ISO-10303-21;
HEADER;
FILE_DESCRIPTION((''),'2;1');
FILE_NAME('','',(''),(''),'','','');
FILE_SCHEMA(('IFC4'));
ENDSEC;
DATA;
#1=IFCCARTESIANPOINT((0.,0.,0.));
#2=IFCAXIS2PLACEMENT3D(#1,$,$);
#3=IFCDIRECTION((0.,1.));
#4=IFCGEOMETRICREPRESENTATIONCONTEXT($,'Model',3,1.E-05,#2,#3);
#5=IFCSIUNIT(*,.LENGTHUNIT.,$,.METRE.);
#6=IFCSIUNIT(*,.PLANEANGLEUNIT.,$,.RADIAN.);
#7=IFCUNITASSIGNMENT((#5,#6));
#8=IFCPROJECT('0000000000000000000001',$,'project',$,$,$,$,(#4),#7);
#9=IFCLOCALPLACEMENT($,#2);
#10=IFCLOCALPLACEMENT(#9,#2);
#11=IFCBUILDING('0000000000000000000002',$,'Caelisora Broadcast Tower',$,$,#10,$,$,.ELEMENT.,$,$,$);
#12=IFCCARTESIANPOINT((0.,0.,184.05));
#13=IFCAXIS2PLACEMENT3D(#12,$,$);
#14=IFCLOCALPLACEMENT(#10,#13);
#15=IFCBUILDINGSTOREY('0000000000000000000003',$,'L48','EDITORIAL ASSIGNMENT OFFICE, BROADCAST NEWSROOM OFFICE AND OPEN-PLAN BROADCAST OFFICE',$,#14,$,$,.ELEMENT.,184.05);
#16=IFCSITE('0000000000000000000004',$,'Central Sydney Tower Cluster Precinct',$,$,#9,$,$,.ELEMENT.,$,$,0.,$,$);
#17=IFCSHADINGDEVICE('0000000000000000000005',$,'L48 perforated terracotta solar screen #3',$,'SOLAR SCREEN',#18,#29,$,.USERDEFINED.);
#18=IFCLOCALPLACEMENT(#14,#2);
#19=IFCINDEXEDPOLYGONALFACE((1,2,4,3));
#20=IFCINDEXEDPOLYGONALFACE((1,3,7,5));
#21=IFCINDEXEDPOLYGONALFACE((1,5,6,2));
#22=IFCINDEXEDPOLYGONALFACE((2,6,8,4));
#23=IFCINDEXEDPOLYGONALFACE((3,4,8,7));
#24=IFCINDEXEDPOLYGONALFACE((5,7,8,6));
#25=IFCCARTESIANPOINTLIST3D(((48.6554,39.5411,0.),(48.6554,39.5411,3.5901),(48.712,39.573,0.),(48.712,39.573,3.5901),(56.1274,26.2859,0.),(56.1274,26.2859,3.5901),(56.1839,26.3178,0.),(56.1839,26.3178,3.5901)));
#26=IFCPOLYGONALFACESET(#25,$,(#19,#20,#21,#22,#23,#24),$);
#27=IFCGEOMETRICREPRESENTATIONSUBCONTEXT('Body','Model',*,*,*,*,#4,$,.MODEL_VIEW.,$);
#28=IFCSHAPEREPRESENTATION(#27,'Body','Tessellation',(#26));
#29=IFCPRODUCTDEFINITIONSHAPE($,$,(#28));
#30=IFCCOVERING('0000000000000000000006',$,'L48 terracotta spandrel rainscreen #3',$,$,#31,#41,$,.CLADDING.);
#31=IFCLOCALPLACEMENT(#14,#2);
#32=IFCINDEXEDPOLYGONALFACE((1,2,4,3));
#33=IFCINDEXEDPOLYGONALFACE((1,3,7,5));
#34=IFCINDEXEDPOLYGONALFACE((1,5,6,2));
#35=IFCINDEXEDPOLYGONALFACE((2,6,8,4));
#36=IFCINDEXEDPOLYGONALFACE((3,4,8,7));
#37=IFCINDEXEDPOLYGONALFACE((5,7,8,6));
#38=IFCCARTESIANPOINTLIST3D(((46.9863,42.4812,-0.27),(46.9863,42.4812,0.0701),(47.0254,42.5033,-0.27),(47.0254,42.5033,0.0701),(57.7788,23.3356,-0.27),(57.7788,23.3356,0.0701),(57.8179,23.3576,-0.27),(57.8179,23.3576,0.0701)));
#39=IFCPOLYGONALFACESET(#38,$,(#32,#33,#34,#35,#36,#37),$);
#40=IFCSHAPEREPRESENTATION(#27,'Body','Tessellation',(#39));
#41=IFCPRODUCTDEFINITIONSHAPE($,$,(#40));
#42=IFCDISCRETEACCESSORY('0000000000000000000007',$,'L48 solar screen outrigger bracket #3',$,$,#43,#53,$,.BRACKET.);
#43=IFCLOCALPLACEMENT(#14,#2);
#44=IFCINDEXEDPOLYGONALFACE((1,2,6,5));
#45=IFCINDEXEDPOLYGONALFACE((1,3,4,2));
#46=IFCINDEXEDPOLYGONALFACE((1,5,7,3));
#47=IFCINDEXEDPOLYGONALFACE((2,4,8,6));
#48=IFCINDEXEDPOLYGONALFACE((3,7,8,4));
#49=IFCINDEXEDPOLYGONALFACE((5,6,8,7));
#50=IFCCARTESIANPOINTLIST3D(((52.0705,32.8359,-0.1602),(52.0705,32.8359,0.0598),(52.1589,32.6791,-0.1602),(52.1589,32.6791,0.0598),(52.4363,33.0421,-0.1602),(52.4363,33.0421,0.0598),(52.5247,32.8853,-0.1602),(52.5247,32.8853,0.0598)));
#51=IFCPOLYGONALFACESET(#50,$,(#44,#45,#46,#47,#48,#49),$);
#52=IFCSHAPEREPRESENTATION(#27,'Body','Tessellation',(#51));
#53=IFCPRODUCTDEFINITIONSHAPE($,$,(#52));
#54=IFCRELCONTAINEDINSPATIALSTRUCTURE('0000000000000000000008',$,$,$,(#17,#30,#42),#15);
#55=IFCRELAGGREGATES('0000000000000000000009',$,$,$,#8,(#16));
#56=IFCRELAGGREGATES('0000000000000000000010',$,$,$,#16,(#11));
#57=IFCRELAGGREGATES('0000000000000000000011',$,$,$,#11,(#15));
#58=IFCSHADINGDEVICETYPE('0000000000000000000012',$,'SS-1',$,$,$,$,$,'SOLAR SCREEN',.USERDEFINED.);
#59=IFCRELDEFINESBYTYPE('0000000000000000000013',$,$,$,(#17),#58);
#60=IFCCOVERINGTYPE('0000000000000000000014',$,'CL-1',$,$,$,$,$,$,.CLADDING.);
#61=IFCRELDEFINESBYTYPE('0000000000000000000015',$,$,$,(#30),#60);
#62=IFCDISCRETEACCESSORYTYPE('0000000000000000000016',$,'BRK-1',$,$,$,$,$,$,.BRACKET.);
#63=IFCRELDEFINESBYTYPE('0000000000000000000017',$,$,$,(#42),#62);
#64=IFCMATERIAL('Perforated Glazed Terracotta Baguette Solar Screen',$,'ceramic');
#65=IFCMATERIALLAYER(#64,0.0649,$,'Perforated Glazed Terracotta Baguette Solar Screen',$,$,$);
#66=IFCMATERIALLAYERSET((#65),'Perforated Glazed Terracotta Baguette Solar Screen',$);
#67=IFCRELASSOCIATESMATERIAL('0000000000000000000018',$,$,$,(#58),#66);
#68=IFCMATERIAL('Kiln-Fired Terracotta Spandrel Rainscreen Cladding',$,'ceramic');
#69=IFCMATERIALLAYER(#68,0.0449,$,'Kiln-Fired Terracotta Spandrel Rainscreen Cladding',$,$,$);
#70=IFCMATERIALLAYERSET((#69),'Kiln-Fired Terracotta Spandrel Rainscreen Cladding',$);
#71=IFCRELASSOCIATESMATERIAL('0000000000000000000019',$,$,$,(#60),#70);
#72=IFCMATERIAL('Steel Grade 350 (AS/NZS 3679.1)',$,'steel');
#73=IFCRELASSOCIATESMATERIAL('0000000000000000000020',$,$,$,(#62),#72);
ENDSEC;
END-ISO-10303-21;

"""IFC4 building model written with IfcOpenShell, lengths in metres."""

from ifc_helpers import new_model, si_unit, direction, frame, origin, origin_2d, place, context, subcontext, project, spatial, rectangle, extrude, source, transform, mapped, material, layer, layer_set, type_object, type_shapes, element, save


model = new_model("IFC4")

# Units and contexts
model_context = context("Model", 3, precision=1e-05, world=origin(), true_north=direction((0.0, 1.0)))
body_context = subcontext(model_context, "Body", "Model", "MODEL_VIEW")
ifc_project = project(units=[si_unit("LENGTHUNIT", "METRE"), si_unit("PLANEANGLEUNIT", "RADIAN")], contexts=[model_context])

# Site, building, storey
site_placement = place(None, origin())
site = spatial("IfcSite", under=ifc_project, at=site_placement, Name="Central Sydney Tower Cluster Precinct", CompositionType="ELEMENT", RefElevation=0.0)
building_placement = place(site_placement, origin())
building = spatial("IfcBuilding", under=site, at=building_placement, Name="Caelisora Broadcast Tower", CompositionType="ELEMENT")
storey_placement = place(building_placement, frame((0.0, 0.0, 184.05)))
storey = spatial("IfcBuildingStorey", under=building, at=storey_placement, Name="L48", Description="EDITORIAL ASSIGNMENT OFFICE, BROADCAST NEWSROOM OFFICE AND OPEN-PLAN BROADCAST OFFICE", CompositionType="ELEMENT", Elevation=184.05)

# Shared definitions
ifc_material_1 = material(Name="Steel Grade 350 (AS/NZS 3679.1)", Category="steel")

# Shading device
ifc_material_2 = material(Name="Perforated Glazed Terracotta Baguette Solar Screen", Category="ceramic")
ifc_layer_1 = layer(ifc_material_2, 0.0649, Name="Perforated Glazed Terracotta Baguette Solar Screen")
ifc_layer_set_1 = layer_set([ifc_layer_1], Name="Perforated Glazed Terracotta Baguette Solar Screen")
shading_device_type = type_object("IfcShadingDeviceType", Name="SS-1", ElementType="SOLAR SCREEN", PredefinedType="USERDEFINED", material=ifc_layer_set_1)
shared_shape_1 = source(origin(), body_context, "Body", "SweptSolid", [
    extrude(rectangle(XDim=15.2161, YDim=0.0649, at=origin_2d()), origin(), (0.0, 0.0, 1.0), 3.5901),
])
type_shapes(shading_device_type, [shared_shape_1])
shading_device_placement = place(storey_placement, frame((52.4197, 32.9294, 0.0), z_axis=(0.0, 0.0, 1.0), x_axis=(-0.491056, 0.871128, 0.0)))
element("IfcShadingDevice", 1, at=shading_device_placement, inside=storey, type_object=shading_device_type, Name="L48 perforated terracotta solar screen #3", ObjectType="SOLAR SCREEN", PredefinedType="USERDEFINED", context=body_context, shape_type="MappedRepresentation", body=[
    mapped(shared_shape_1, transform((0.0, 0.0, 0.0), scale=1.0)),
])

# Covering
ifc_material_3 = material(Name="Kiln-Fired Terracotta Spandrel Rainscreen Cladding", Category="ceramic")
ifc_layer_2 = layer(ifc_material_3, 0.0449, Name="Kiln-Fired Terracotta Spandrel Rainscreen Cladding")
ifc_layer_set_2 = layer_set([ifc_layer_2], Name="Kiln-Fired Terracotta Spandrel Rainscreen Cladding")
covering_type = type_object("IfcCoveringType", Name="CL-1", PredefinedType="CLADDING", material=ifc_layer_set_2)
shared_shape_2 = source(origin(), body_context, "Body", "SweptSolid", [
    extrude(rectangle(XDim=21.978, YDim=0.0449, at=origin_2d()), origin(), (0.0, 0.0, 1.0), 0.3401),
])
type_shapes(covering_type, [shared_shape_2])
covering_placement = place(storey_placement, frame((52.4021, 32.9194, -0.27), z_axis=(0.0, 0.0, 1.0), x_axis=(-0.491056, 0.871128, 0.0)))
element("IfcCovering", 2, at=covering_placement, inside=storey, type_object=covering_type, Name="L48 terracotta spandrel rainscreen #3", PredefinedType="CLADDING", context=body_context, shape_type="MappedRepresentation", body=[
    mapped(shared_shape_2, transform((0.0, 0.0, 0.0), scale=1.0)),
])

# Discrete accessory
discrete_accessory_type = type_object("IfcDiscreteAccessoryType", Name="BRK-1", PredefinedType="BRACKET", material=ifc_material_1)
shared_shape_3 = source(origin(), body_context, "Body", "SweptSolid", [
    extrude(rectangle(XDim=0.1799, YDim=0.4199, at=origin_2d()), origin(), (0.0, 0.0, 1.0), 0.22),
])
type_shapes(discrete_accessory_type, [shared_shape_3])
discrete_accessory_placement = place(storey_placement, frame((52.2976, 32.8606, -0.1602), z_axis=(0.0, 0.0, 1.0), x_axis=(-0.491056, 0.871128, 0.0)))
element("IfcDiscreteAccessory", 3, at=discrete_accessory_placement, inside=storey, type_object=discrete_accessory_type, Name="L48 solar screen outrigger bracket #3", PredefinedType="BRACKET", context=body_context, shape_type="MappedRepresentation", body=[
    mapped(shared_shape_3, transform((0.0, 0.0, 0.0), scale=1.0)),
])

save(model, "model.ifc")
